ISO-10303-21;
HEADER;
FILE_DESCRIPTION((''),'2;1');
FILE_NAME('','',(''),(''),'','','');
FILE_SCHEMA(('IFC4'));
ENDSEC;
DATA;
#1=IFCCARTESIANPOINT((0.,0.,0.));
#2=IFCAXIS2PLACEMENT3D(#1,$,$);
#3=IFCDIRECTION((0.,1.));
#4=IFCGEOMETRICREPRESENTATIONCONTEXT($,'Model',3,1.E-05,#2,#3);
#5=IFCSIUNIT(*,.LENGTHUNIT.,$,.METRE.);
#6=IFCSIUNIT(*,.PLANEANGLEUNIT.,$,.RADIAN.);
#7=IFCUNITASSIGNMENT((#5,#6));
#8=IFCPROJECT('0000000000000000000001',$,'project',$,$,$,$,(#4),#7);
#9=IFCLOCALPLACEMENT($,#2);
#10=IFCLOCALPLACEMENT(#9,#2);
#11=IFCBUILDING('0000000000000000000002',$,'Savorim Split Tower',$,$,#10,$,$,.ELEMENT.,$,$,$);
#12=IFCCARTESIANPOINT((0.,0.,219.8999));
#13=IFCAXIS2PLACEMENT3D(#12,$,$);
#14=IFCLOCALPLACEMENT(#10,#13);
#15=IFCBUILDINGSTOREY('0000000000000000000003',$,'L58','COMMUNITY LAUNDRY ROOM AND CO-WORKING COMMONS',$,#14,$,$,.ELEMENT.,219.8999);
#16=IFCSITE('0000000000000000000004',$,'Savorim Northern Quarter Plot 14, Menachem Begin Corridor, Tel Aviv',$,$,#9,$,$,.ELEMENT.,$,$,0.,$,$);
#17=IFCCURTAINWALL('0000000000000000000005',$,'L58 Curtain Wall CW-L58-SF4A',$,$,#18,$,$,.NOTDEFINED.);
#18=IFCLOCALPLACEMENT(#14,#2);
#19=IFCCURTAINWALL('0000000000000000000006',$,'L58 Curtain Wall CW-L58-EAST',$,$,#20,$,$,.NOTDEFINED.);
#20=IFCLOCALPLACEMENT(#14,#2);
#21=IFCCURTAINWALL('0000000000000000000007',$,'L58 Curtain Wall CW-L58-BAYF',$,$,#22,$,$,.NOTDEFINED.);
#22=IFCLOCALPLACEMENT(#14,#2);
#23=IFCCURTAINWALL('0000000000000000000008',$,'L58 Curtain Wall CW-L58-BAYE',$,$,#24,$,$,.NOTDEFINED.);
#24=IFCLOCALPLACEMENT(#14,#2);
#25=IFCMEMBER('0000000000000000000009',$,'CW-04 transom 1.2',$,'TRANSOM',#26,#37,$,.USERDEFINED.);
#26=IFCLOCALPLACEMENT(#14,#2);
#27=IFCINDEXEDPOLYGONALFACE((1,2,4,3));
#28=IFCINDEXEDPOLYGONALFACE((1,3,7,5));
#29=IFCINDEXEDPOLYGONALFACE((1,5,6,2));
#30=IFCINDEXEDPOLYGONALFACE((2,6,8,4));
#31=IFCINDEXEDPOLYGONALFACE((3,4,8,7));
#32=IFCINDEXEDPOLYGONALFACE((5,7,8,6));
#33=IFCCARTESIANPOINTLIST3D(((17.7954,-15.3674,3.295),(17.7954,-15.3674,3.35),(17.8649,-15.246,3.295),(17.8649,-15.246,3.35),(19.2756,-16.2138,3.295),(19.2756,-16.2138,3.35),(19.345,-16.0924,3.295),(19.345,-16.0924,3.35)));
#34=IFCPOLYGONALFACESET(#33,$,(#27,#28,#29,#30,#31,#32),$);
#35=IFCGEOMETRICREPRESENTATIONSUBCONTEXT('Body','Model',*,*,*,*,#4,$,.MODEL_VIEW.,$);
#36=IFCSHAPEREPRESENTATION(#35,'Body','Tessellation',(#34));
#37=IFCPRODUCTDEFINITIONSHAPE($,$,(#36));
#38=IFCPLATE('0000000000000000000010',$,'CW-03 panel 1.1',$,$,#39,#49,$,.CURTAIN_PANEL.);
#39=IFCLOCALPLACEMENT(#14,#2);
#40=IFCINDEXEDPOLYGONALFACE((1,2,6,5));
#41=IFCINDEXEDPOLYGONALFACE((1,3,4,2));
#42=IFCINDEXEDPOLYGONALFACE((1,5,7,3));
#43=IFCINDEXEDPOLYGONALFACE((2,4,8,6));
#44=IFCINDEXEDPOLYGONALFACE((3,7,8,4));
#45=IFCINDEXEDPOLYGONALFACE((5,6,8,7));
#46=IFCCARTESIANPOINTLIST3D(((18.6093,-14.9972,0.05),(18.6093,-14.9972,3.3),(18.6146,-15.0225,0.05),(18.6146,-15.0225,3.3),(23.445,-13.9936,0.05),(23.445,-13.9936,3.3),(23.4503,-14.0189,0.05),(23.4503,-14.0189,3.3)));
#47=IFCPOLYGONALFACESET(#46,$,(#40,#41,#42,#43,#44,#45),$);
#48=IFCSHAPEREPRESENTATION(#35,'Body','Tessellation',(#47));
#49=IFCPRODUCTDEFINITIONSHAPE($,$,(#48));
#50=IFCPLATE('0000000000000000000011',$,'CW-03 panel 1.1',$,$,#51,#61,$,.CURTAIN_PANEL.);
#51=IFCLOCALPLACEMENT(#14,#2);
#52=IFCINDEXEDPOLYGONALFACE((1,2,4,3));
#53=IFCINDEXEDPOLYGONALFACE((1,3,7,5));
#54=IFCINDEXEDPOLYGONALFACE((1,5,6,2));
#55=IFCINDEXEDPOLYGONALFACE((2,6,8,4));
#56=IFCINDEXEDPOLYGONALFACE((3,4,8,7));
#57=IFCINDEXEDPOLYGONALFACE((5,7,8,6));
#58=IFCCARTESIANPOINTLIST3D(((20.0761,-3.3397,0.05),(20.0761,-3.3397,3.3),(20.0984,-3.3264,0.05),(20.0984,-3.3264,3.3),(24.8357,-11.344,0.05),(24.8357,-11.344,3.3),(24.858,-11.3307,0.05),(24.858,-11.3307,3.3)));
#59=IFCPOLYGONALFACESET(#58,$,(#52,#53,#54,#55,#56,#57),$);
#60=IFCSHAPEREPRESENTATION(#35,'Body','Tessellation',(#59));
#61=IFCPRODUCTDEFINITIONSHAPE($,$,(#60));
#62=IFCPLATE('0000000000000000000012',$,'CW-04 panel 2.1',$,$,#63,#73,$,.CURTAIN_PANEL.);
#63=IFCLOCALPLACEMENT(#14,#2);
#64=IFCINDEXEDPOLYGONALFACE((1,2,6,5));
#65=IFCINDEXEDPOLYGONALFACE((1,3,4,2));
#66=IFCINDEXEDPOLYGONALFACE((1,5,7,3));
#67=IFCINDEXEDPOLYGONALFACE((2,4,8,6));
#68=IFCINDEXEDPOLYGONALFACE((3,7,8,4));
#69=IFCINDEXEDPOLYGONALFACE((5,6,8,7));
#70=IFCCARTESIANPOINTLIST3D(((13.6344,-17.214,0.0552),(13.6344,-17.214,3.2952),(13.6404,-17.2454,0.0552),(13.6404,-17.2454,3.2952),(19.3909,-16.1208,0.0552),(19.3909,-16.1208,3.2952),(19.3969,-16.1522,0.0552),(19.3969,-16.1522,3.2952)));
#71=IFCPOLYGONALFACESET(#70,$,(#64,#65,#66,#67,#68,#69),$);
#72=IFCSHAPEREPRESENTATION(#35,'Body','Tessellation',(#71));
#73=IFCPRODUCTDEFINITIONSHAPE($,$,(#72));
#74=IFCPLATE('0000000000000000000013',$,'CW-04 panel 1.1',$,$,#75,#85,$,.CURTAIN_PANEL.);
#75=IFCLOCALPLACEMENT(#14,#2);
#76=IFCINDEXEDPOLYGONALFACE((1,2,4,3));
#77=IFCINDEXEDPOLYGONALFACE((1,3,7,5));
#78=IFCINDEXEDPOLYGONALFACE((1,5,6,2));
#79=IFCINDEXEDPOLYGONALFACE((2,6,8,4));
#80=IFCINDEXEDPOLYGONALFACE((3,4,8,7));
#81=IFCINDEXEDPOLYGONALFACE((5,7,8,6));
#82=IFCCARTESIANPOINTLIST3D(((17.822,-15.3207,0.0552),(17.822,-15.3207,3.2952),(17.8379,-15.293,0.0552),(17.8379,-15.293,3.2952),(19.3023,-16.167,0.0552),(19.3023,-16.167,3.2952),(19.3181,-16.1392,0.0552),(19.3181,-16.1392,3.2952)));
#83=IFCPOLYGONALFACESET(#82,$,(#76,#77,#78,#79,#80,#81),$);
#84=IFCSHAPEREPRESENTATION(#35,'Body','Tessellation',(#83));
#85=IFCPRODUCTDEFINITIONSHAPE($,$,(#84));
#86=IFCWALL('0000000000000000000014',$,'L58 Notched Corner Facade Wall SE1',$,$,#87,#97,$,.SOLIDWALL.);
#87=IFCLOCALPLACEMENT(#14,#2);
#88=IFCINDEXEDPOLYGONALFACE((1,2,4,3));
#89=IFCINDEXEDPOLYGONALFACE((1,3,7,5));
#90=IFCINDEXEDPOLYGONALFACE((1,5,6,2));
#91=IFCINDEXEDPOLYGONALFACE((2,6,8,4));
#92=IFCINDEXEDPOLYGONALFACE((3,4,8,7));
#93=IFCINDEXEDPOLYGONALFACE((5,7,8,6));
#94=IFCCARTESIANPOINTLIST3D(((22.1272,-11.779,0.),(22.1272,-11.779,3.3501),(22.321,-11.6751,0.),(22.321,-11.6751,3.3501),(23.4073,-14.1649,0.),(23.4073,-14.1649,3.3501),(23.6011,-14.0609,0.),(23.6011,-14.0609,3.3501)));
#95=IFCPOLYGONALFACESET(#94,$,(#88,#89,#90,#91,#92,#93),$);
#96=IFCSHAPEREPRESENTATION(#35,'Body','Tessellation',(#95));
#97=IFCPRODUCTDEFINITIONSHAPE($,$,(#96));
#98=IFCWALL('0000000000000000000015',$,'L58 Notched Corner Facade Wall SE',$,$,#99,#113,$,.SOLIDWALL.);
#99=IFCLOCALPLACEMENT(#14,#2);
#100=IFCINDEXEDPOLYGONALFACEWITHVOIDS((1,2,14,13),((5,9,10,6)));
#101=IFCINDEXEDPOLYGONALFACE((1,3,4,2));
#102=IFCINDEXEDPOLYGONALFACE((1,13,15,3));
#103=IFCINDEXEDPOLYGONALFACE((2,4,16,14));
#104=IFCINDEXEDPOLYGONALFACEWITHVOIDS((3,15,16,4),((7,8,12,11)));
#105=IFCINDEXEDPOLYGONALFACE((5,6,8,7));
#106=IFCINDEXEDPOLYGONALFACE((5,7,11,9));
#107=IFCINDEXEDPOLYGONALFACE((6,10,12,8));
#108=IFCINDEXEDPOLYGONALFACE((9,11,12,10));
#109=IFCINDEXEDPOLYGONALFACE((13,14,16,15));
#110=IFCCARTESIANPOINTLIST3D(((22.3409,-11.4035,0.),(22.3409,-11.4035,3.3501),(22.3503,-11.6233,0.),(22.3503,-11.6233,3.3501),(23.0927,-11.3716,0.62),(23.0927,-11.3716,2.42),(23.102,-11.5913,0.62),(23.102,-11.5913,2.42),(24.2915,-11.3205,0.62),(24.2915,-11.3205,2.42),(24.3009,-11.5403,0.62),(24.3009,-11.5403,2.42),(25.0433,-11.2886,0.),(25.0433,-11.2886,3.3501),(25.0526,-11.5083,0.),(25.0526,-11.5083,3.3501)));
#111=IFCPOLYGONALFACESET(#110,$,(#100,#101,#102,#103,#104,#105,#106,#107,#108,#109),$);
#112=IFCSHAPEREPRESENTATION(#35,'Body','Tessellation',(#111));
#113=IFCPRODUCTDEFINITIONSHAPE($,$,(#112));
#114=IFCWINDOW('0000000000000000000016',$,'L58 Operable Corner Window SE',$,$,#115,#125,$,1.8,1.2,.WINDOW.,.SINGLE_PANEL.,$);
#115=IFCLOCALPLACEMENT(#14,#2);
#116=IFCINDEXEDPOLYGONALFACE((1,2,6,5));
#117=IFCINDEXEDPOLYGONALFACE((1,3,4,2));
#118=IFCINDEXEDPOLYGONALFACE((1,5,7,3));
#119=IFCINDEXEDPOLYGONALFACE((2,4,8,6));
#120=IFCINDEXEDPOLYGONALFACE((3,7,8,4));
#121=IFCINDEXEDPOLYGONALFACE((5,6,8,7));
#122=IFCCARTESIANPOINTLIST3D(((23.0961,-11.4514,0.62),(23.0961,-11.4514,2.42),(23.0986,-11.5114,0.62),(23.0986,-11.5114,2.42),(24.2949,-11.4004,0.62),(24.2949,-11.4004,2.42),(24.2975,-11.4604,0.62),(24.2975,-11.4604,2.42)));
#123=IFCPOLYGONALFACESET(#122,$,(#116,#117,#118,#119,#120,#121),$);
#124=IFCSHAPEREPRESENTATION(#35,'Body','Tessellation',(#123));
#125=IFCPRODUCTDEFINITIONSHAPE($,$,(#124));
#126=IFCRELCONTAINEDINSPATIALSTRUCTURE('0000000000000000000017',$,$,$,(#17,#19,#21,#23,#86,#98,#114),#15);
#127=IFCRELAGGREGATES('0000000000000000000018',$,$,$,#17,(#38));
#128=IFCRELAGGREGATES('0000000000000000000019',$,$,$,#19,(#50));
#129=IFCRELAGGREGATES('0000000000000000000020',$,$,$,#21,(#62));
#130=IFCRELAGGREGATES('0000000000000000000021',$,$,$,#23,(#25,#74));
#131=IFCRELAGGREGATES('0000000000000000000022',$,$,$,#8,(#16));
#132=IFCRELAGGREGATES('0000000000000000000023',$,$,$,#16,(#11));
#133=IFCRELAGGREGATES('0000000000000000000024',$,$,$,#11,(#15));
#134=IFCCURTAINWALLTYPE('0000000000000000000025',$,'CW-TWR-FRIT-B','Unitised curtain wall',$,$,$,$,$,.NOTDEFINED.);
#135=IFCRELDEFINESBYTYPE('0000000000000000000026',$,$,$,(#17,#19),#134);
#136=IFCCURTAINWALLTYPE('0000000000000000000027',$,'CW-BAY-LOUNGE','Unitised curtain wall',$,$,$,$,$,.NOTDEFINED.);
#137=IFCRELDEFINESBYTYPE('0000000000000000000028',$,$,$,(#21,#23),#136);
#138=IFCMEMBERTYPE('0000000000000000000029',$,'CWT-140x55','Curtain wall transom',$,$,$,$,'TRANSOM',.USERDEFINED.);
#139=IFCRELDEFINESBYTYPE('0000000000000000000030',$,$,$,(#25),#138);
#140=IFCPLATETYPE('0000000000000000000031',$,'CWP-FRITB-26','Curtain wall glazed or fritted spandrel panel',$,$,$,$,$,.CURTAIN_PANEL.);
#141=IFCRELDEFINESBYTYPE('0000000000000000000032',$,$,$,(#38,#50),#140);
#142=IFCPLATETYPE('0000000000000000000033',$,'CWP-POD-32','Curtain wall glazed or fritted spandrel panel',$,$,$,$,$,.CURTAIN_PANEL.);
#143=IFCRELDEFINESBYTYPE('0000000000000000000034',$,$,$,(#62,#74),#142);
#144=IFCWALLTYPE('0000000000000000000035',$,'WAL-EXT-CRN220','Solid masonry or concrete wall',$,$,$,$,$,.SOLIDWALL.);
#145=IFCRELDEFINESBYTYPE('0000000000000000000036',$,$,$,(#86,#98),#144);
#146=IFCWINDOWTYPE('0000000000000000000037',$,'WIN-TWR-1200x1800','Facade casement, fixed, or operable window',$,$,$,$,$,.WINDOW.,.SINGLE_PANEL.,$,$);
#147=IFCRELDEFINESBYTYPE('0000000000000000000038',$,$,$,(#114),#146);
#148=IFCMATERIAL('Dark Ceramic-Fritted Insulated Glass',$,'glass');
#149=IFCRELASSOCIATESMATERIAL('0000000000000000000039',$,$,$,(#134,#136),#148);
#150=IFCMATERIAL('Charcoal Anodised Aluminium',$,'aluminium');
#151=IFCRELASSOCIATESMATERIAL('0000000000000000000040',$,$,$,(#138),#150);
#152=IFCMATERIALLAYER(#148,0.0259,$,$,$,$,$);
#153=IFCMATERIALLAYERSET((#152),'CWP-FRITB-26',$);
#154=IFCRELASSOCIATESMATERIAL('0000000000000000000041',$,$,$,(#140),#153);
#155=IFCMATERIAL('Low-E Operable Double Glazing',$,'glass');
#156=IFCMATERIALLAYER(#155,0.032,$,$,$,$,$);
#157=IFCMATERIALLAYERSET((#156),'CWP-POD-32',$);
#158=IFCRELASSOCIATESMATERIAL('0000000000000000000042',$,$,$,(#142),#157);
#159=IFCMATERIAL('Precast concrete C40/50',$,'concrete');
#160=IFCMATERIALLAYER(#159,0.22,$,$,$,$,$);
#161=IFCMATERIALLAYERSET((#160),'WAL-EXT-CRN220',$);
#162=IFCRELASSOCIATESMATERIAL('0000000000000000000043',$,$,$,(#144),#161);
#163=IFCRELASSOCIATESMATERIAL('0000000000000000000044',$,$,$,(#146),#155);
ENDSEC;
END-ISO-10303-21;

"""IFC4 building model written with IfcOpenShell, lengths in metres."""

from ifc_helpers import new_model, si_unit, direction, frame, frame_2d, origin, origin_2d, place, context, subcontext, project, spatial, rectangle, extrude, material, layer, layer_set, material_profile, profile_set, type_object, element, fill, aggregate, save


model = new_model("IFC4")

# Units and contexts
model_context = context("Model", 3, precision=1e-05, world=origin(), true_north=direction((0.0, 1.0)))
body_context = subcontext(model_context, "Body", "Model", "MODEL_VIEW")
ifc_project = project(units=[si_unit("LENGTHUNIT", "METRE"), si_unit("PLANEANGLEUNIT", "RADIAN")], contexts=[model_context])

# Site, building, storey
site_placement = place(None, origin())
site = spatial("IfcSite", under=ifc_project, at=site_placement, Name="Savorim Northern Quarter Plot 14, Menachem Begin Corridor, Tel Aviv", CompositionType="ELEMENT", RefElevation=0.0)
building_placement = place(site_placement, origin())
building = spatial("IfcBuilding", under=site, at=building_placement, Name="Savorim Split Tower", CompositionType="ELEMENT")
storey_placement = place(building_placement, frame((0.0, 0.0, 219.8999)))
storey = spatial("IfcBuildingStorey", under=building, at=storey_placement, Name="L58", Description="COMMUNITY LAUNDRY ROOM AND CO-WORKING COMMONS", CompositionType="ELEMENT", Elevation=219.8999)

# Curtain walls
ifc_material_1 = material(Name="Dark Ceramic-Fritted Insulated Glass", Category="glass")
curtain_wall_type_1 = type_object("IfcCurtainWallType", Name="CW-TWR-FRIT-B", Description="Unitised curtain wall", PredefinedType="NOTDEFINED", material=ifc_material_1)
curtain_wall_1_placement = place(storey_placement, origin())
curtain_wall_1 = element("IfcCurtainWall", 1, at=curtain_wall_1_placement, inside=storey, type_object=curtain_wall_type_1, Name="L58 Curtain Wall CW-L58-SF4A", PredefinedType="NOTDEFINED")
ifc_material_2 = material(Name="Charcoal Anodised Aluminium", Category="aluminium")
curtain_wall_2_placement = place(storey_placement, origin())
curtain_wall_2 = element("IfcCurtainWall", 2, at=curtain_wall_2_placement, inside=storey, type_object=curtain_wall_type_1, Name="L58 Curtain Wall CW-L58-EAST", PredefinedType="NOTDEFINED")
curtain_wall_type_2 = type_object("IfcCurtainWallType", Name="CW-BAY-LOUNGE", Description="Unitised curtain wall", PredefinedType="NOTDEFINED", material=ifc_material_1)
curtain_wall_3_placement = place(storey_placement, origin())
curtain_wall_3 = element("IfcCurtainWall", 3, at=curtain_wall_3_placement, inside=storey, type_object=curtain_wall_type_2, Name="L58 Curtain Wall CW-L58-BAYF", PredefinedType="NOTDEFINED")
curtain_wall_4_placement = place(storey_placement, origin())
curtain_wall_4 = element("IfcCurtainWall", 4, at=curtain_wall_4_placement, inside=storey, type_object=curtain_wall_type_2, Name="L58 Curtain Wall CW-L58-BAYE", PredefinedType="NOTDEFINED")

# Member
ifc_material_profile_1 = material_profile(ifc_material_2, rectangle(XDim=0.1399, YDim=0.0549, at=origin_2d()), Name="ALU-T 140x55")
ifc_profile_set_1 = profile_set([ifc_material_profile_1], Name="Charcoal Anodised Aluminium")
member_type_1 = type_object("IfcMemberType", Name="CWT-140x55", Description="Curtain wall transom", ElementType="TRANSOM", PredefinedType="USERDEFINED", material=ifc_profile_set_1)
member_1_placement = place(storey_placement, frame((19.3103, -16.1531, 3.3225), z_axis=(-0.868093, 0.496401, 0.0), x_axis=(-0.496401, -0.868093, 0.0)))
member_1 = element("IfcMember", 5, at=member_1_placement, type_object=member_type_1, Name="CW-04 transom 1.2", ObjectType="TRANSOM", PredefinedType="USERDEFINED", context=body_context, shape_type="SweptSolid", body=[
    extrude(rectangle(XDim=0.1399, YDim=0.0549, at=origin_2d()), origin(), (0.0, 0.0, 1.0), 1.7051),
])

# Plates
ifc_layer_1 = layer(ifc_material_1, 0.0259)
ifc_layer_set_1 = layer_set([ifc_layer_1], Name="CWP-FRITB-26")
plate_type_1 = type_object("IfcPlateType", Name="CWP-FRITB-26", Description="Curtain wall glazed or fritted spandrel panel", PredefinedType="CURTAIN_PANEL", material=ifc_layer_set_1)
plate_1_placement = place(storey_placement, frame((21.0298, -14.5081, 0.05), z_axis=(0.0, 0.0, 1.0), x_axis=(0.979135, 0.203212, 0.0)))
plate_1 = element("IfcPlate", 6, at=plate_1_placement, type_object=plate_type_1, Name="CW-03 panel 1.1", PredefinedType="CURTAIN_PANEL", context=body_context, shape_type="SweptSolid", body=[
    extrude(rectangle(XDim=4.9387, YDim=0.0259, at=origin_2d()), origin(), (0.0, 0.0, 1.0), 3.25),
])
aggregate(curtain_wall_1, [plate_1])
plate_2_placement = place(storey_placement, frame((22.467, -7.3352, 0.05), z_axis=(0.0, 0.0, 1.0), x_axis=(-0.511096, 0.859524, 0.0)))
plate_2 = element("IfcPlate", 7, at=plate_2_placement, type_object=plate_type_1, Name="CW-03 panel 1.1", PredefinedType="CURTAIN_PANEL", context=body_context, shape_type="SweptSolid", body=[
    extrude(rectangle(XDim=9.3125, YDim=0.0259, at=origin_2d()), origin(), (0.0, 0.0, 1.0), 3.25),
])
aggregate(curtain_wall_2, [plate_2])
ifc_material_3 = material(Name="Low-E Operable Double Glazing", Category="glass")
ifc_layer_2 = layer(ifc_material_3, 0.032)
ifc_layer_set_2 = layer_set([ifc_layer_2], Name="CWP-POD-32")
plate_type_2 = type_object("IfcPlateType", Name="CWP-POD-32", Description="Curtain wall glazed or fritted spandrel panel", PredefinedType="CURTAIN_PANEL", material=ifc_layer_set_2)
plate_3_placement = place(storey_placement, frame((16.5156, -16.6831, 0.0552), z_axis=(0.0, 0.0, 1.0), x_axis=(0.982442, 0.186567, 0.0)))
plate_3 = element("IfcPlate", 8, at=plate_3_placement, type_object=plate_type_2, Name="CW-04 panel 2.1", PredefinedType="CURTAIN_PANEL", context=body_context, shape_type="SweptSolid", body=[
    extrude(rectangle(XDim=5.8594, YDim=0.032, at=origin_2d()), origin(), (0.0, 0.0, 1.0), 3.24),
])
aggregate(curtain_wall_3, [plate_3])
plate_4_placement = place(storey_placement, frame((18.5701, -15.73, 0.0552), z_axis=(0.0, 0.0, 1.0), x_axis=(-0.868136, 0.496327, 0.0)))
plate_4 = element("IfcPlate", 9, at=plate_4_placement, type_object=plate_type_2, Name="CW-04 panel 1.1", PredefinedType="CURTAIN_PANEL", context=body_context, shape_type="SweptSolid", body=[
    extrude(rectangle(XDim=1.7051, YDim=0.032, at=origin_2d()), origin(), (0.0, 0.0, 1.0), 3.24),
])
aggregate(curtain_wall_4, [member_1, plate_4])

# Wall
ifc_material_4 = material(Name="Precast concrete C40/50", Category="concrete")
ifc_layer_3 = layer(ifc_material_4, 0.22)
ifc_layer_set_3 = layer_set([ifc_layer_3], Name="WAL-EXT-CRN220")
wall_type = type_object("IfcWallType", Name="WAL-EXT-CRN220", Description="Solid masonry or concrete wall", PredefinedType="SOLIDWALL", material=ifc_layer_set_3)
wall_1_placement = place(storey_placement, frame((22.2241, -11.7271, 0.0), z_axis=(0.0, 0.0, 1.0), x_axis=(0.472782, -0.88118, 0.0)))
element("IfcWall", 10, at=wall_1_placement, inside=storey, type_object=wall_type, Name="L58 Notched Corner Facade Wall SE1", PredefinedType="SOLIDWALL", context=body_context, shape_type="SweptSolid", body=[
    extrude(rectangle(XDim=2.7075, YDim=0.22, at=frame_2d((1.3538, 0.0))), origin(), (0.0, 0.0, 1.0), 3.3501),
])

# Wall, opening, window
wall_2_placement = place(storey_placement, frame((25.0481, -11.3984, 0.0), z_axis=(0.0, 0.0, 1.0), x_axis=(-0.999096, -0.042513, 0.0)))
wall_2 = element("IfcWall", 11, at=wall_2_placement, inside=storey, type_object=wall_type, Name="L58 Notched Corner Facade Wall SE", PredefinedType="SOLIDWALL", context=body_context, shape_type="SweptSolid", body=[
    extrude(rectangle(XDim=2.7048, YDim=0.22, at=frame_2d((1.3525, 0.0))), origin(), (0.0, 0.0, 1.0), 3.3501),
])
opening_placement = place(wall_2_placement, frame((0.7524, 0.0, 0.6201)))
opening = element("IfcOpeningElement", 12, at=opening_placement, cuts=wall_2, PredefinedType="OPENING", context=body_context, shape_type="SweptSolid", body=[
    extrude(rectangle(XDim=1.2, YDim=1.8, at=frame_2d((0.6001, 0.8999))), frame((0.0, 0.1199, 0.0), z_axis=(0.0, -1.0, 0.0), x_axis=(1.0, 0.0, 0.0)), (0.0, 0.0, 1.0), 0.24),
])
window_type = type_object("IfcWindowType", Name="WIN-TWR-1200x1800", Description="Facade casement, fixed, or operable window", PartitioningType="SINGLE_PANEL", PredefinedType="WINDOW", material=ifc_material_3)
window_placement = place(opening_placement, origin())
window = element("IfcWindow", 13, at=window_placement, inside=storey, type_object=window_type, Name="L58 Operable Corner Window SE", OverallHeight=1.8, OverallWidth=1.2, PartitioningType="SINGLE_PANEL", PredefinedType="WINDOW", context=body_context, shape_type="SweptSolid", body=[
    extrude(rectangle(XDim=1.2, YDim=1.8, at=frame_2d((0.6001, 0.8999))), frame((0.0, 0.03, 0.0), z_axis=(0.0, -1.0, 0.0), x_axis=(1.0, 0.0, 0.0)), (0.0, 0.0, 1.0), 0.0601),
])
fill(opening, window)

save(model, "model.ifc")
